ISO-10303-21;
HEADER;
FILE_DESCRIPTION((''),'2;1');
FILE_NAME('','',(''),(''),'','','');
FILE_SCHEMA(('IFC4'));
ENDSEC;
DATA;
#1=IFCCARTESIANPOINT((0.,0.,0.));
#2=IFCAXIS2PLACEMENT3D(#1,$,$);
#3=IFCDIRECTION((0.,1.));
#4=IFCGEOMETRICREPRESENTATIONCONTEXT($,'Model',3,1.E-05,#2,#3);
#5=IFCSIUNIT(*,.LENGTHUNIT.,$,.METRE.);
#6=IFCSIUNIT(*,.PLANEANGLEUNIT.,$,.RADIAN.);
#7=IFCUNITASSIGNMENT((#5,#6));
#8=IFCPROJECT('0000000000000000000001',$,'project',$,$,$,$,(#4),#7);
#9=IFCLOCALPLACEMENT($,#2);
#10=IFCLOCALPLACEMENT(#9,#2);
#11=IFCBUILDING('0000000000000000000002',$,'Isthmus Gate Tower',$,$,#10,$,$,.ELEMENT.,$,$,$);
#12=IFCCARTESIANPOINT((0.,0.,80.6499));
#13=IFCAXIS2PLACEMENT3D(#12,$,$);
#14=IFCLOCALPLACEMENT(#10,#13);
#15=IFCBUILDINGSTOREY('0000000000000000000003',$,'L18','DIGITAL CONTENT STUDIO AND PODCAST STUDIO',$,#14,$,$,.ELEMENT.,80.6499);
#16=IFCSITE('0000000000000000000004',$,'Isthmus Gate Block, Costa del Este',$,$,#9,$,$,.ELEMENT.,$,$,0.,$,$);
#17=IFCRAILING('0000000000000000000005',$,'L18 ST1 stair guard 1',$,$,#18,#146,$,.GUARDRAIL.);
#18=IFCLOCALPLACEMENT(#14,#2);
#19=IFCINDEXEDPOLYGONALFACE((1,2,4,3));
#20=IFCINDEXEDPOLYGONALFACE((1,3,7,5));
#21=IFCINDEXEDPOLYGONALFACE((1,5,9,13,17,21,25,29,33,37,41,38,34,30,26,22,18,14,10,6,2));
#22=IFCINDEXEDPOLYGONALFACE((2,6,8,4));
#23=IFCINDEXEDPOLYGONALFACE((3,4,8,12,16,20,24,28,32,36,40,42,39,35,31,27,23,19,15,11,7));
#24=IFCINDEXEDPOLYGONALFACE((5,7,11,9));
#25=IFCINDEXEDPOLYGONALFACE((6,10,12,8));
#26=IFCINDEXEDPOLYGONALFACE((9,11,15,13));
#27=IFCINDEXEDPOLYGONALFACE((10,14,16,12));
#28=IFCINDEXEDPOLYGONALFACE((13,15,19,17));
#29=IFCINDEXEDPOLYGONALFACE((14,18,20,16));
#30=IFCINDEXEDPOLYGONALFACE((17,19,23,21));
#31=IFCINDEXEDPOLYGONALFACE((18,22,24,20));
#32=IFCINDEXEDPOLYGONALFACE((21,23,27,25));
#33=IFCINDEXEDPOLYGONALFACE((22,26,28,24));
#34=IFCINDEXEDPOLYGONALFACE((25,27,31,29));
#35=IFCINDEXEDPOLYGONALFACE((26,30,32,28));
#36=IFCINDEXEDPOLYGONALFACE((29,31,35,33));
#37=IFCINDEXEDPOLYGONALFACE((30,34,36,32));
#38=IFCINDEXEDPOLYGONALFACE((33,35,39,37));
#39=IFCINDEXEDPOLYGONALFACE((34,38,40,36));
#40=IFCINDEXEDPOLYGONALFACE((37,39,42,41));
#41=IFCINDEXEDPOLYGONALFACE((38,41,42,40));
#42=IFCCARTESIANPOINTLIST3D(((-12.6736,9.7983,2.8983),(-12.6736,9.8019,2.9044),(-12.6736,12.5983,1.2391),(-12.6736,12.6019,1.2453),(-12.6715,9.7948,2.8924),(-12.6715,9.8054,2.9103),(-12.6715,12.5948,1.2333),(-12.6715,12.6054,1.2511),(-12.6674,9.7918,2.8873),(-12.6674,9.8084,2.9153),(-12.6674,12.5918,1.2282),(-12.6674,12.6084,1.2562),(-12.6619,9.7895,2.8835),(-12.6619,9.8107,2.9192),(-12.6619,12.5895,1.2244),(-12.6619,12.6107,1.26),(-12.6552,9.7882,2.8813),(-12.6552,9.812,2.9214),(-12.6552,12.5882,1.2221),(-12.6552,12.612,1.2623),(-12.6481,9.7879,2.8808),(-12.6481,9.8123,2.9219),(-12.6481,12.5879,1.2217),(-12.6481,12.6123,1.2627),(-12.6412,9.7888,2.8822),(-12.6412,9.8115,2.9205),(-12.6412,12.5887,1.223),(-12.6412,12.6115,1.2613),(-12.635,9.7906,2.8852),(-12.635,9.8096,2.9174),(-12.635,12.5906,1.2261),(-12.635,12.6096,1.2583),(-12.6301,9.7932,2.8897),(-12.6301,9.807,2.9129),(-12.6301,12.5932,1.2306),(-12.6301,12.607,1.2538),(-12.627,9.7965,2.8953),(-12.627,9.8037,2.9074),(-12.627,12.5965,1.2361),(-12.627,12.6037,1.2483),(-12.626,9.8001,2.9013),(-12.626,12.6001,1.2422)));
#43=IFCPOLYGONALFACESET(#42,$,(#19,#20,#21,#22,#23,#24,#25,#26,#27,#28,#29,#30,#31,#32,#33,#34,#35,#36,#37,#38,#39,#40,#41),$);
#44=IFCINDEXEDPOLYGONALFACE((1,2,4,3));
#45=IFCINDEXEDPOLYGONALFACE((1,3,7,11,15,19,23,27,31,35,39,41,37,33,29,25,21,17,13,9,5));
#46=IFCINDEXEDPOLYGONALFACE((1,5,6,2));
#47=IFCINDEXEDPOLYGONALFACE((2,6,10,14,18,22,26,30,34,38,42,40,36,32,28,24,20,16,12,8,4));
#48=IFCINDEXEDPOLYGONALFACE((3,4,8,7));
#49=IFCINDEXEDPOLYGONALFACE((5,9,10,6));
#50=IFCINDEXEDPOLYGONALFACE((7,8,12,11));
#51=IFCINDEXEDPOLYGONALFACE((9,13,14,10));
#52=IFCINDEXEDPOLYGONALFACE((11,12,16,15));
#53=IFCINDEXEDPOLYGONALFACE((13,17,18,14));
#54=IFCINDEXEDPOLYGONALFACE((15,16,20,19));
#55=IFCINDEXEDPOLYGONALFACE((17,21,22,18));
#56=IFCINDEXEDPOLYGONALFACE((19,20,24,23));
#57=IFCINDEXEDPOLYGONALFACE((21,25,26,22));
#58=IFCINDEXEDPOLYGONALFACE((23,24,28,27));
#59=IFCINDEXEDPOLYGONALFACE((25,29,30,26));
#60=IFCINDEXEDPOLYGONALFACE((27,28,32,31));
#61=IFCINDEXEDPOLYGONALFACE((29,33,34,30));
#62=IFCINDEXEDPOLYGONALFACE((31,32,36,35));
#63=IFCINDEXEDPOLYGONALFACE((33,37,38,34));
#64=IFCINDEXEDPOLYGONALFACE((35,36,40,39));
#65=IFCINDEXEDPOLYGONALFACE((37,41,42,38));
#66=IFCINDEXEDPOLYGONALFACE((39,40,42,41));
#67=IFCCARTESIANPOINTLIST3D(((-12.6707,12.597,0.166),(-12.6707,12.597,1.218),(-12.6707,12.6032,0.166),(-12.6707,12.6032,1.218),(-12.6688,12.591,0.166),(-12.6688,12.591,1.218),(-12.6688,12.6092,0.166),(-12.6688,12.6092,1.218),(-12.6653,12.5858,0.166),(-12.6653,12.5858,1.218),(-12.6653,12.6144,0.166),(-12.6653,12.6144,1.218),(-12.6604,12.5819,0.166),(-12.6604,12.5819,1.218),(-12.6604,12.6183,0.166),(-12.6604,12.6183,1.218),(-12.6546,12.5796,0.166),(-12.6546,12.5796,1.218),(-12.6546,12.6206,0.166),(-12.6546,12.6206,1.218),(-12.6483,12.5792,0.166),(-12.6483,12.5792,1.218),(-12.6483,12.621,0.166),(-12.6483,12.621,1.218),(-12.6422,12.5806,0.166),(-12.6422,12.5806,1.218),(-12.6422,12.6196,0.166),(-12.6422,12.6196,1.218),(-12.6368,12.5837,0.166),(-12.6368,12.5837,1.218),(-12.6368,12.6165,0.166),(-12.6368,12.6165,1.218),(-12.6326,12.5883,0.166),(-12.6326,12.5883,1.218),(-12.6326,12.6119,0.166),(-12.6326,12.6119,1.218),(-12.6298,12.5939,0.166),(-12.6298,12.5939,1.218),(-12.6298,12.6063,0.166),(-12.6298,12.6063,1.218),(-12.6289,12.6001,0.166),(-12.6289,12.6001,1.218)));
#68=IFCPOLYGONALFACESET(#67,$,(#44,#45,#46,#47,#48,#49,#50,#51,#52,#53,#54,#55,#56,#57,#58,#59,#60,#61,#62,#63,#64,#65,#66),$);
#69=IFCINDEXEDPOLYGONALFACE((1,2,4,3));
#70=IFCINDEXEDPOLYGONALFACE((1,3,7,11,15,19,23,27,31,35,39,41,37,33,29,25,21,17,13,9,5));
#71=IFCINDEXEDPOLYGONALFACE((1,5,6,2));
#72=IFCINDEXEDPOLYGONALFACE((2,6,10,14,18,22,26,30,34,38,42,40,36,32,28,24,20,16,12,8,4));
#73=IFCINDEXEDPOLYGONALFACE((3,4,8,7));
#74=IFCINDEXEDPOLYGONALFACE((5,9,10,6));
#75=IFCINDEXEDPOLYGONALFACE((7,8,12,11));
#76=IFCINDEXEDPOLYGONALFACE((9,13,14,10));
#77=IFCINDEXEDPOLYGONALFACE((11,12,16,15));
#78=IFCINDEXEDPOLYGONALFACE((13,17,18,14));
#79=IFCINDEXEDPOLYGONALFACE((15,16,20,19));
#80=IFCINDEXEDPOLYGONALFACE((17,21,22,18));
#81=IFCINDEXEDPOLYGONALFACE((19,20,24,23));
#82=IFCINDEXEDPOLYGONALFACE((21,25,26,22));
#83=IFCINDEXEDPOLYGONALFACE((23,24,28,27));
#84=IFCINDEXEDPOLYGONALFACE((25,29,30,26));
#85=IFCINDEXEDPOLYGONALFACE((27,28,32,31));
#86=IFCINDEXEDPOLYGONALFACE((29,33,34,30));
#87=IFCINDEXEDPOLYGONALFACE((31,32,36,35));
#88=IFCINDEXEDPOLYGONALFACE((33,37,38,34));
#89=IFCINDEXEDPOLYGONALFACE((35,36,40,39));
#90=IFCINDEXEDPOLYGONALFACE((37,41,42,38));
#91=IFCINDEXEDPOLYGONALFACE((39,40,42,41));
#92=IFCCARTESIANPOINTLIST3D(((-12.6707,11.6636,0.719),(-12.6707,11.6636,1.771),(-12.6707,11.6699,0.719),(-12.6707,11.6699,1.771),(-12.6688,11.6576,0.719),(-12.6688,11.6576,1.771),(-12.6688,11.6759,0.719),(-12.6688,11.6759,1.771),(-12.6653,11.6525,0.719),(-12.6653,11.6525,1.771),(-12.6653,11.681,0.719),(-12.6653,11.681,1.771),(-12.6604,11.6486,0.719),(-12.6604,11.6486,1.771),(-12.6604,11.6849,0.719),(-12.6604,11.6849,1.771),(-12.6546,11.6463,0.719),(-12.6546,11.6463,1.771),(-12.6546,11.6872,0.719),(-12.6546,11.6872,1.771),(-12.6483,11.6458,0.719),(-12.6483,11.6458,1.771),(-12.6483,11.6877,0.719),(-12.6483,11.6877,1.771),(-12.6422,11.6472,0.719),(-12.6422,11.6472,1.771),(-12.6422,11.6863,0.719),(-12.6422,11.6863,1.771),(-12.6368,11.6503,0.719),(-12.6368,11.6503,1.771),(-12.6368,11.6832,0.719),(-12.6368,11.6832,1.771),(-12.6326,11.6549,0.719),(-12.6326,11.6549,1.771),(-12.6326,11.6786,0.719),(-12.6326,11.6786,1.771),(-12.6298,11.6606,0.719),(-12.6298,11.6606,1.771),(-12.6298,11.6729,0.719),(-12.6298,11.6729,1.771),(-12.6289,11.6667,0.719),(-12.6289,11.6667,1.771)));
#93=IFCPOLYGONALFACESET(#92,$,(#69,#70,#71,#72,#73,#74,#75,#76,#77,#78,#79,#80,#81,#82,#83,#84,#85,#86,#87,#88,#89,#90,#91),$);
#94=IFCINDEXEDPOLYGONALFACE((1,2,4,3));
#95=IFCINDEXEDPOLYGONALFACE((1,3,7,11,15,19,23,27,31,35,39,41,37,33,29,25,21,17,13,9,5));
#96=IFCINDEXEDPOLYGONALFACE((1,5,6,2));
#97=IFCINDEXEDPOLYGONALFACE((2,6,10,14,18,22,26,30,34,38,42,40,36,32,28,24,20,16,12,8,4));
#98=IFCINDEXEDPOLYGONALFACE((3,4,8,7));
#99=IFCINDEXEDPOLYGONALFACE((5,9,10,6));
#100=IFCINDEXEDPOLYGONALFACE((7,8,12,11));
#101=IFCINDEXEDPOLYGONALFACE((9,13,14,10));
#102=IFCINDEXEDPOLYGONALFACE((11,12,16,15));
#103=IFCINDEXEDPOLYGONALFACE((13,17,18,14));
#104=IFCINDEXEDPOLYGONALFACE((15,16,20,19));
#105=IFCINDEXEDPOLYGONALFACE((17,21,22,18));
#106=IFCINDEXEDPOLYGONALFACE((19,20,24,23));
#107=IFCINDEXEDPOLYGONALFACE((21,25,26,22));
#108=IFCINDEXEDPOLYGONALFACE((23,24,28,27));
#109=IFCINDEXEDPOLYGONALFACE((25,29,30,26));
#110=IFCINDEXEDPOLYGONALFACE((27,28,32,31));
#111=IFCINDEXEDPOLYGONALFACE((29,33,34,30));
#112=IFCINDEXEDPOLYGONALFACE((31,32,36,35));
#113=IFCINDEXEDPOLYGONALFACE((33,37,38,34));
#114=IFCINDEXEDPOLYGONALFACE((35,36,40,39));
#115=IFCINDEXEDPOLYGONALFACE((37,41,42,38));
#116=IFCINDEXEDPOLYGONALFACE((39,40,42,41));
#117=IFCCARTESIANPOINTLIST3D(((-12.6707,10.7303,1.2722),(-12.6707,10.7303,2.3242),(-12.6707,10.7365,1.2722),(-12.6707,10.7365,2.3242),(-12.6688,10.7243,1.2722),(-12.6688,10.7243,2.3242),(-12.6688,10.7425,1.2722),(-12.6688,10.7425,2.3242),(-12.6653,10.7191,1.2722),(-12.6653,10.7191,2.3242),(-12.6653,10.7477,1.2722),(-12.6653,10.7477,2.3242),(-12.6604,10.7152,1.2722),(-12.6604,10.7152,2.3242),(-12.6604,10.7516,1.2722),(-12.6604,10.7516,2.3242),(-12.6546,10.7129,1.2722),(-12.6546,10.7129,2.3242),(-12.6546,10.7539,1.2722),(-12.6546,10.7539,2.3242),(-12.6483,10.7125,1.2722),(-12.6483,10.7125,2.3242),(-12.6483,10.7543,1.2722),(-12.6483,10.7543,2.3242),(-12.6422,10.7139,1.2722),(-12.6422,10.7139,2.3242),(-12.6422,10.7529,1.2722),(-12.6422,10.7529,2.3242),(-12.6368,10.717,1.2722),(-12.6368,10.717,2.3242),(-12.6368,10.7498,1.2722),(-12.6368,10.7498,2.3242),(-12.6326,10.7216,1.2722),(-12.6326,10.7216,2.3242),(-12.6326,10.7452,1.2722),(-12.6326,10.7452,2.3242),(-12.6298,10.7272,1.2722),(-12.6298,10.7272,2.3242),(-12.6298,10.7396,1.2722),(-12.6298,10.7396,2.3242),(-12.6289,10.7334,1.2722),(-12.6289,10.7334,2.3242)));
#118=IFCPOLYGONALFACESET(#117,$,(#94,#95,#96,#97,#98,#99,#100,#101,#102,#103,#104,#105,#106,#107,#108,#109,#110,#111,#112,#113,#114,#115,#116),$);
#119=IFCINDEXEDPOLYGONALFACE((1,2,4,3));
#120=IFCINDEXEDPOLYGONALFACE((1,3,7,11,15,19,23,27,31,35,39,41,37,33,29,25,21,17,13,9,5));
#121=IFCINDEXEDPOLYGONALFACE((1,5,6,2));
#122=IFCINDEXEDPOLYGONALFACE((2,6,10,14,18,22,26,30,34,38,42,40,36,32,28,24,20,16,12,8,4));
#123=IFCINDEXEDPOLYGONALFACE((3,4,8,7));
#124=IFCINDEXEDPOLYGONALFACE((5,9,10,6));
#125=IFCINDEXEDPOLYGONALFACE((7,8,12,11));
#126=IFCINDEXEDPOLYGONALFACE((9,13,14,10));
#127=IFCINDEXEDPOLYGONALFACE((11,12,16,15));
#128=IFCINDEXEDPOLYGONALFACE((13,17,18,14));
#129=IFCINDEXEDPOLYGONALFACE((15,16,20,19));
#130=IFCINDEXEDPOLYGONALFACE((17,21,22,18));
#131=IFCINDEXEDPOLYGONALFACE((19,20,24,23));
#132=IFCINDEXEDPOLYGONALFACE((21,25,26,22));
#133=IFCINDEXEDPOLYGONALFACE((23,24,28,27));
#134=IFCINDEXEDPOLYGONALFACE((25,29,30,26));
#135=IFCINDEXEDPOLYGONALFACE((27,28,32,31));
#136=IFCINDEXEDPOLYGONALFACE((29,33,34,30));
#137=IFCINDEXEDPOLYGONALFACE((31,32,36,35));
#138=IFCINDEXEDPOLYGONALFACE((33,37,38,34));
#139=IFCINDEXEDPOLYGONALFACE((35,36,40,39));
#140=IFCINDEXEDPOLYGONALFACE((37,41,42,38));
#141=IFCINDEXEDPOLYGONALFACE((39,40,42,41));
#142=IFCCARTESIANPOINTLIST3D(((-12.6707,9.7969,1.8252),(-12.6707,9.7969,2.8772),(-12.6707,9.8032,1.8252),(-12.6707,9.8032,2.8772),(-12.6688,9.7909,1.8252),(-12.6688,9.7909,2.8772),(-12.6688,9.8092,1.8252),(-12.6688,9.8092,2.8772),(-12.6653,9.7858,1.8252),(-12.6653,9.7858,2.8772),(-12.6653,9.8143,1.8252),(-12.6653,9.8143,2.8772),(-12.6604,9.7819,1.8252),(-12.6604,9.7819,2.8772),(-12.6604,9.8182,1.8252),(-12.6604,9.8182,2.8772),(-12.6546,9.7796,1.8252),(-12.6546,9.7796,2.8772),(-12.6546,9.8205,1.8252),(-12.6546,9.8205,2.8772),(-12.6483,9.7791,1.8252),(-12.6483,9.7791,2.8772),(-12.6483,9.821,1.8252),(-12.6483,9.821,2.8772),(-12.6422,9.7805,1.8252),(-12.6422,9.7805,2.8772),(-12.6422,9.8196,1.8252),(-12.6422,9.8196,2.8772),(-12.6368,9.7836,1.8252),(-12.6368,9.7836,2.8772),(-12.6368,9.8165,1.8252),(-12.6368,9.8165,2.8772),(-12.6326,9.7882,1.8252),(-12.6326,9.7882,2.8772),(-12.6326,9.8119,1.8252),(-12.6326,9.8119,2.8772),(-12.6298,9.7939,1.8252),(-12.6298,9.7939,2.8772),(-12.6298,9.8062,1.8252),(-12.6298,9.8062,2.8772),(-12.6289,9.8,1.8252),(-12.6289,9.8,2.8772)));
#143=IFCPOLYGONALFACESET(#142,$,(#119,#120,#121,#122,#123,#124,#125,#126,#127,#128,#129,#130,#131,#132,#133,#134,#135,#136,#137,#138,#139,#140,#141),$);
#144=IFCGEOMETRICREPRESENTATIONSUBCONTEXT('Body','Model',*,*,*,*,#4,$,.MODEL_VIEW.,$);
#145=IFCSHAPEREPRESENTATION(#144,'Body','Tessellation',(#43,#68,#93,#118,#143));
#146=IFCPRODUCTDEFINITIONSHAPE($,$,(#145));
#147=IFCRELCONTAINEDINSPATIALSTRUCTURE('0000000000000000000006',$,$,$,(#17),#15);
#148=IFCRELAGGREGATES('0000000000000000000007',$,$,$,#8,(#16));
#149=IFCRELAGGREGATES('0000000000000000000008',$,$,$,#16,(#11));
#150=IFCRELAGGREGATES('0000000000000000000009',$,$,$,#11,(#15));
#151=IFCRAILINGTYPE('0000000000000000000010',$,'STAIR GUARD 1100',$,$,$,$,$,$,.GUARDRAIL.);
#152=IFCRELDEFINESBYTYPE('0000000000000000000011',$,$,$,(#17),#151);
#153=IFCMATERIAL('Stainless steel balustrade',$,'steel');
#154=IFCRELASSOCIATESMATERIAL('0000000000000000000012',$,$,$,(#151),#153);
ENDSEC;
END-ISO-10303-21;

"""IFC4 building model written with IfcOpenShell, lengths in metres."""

from ifc_helpers import new_model, si_unit, direction, frame, origin, origin_2d, place, context, subcontext, project, spatial, circle, extrude, material, type_object, element, save


model = new_model("IFC4")

# Units and contexts
model_context = context("Model", 3, precision=1e-05, world=origin(), true_north=direction((0.0, 1.0)))
body_context = subcontext(model_context, "Body", "Model", "MODEL_VIEW")
ifc_project = project(units=[si_unit("LENGTHUNIT", "METRE"), si_unit("PLANEANGLEUNIT", "RADIAN")], contexts=[model_context])

# Site, building, storey
site_placement = place(None, origin())
site = spatial("IfcSite", under=ifc_project, at=site_placement, Name="Isthmus Gate Block, Costa del Este", CompositionType="ELEMENT", RefElevation=0.0)
building_placement = place(site_placement, origin())
building = spatial("IfcBuilding", under=site, at=building_placement, Name="Isthmus Gate Tower", CompositionType="ELEMENT")
storey_placement = place(building_placement, frame((0.0, 0.0, 80.6499)))
storey = spatial("IfcBuildingStorey", under=building, at=storey_placement, Name="L18", Description="DIGITAL CONTENT STUDIO AND PODCAST STUDIO", CompositionType="ELEMENT", Elevation=80.6499)

# Railing
ifc_material_1 = material(Name="Stainless steel balustrade", Category="steel")
railing_type_1 = type_object("IfcRailingType", Name="STAIR GUARD 1100", PredefinedType="GUARDRAIL", material=ifc_material_1)
railing_1_placement = place(storey_placement, frame((-12.6499, 12.6001, 0.166)))
element("IfcRailing", 1, at=railing_1_placement, inside=storey, type_object=railing_type_1, Name="L18 ST1 stair guard 1", PredefinedType="GUARDRAIL", context=body_context, shape_type="SweptSolid", body=[
    extrude(circle(Radius=0.0239, at=origin_2d()), frame((0.0, 0.0, 1.0762), z_axis=(0.0, -0.860306, 0.509778), x_axis=(1.0, 0.0, 0.0)), (0.0, 0.0, 1.0), 3.2546),
    extrude(circle(Radius=0.021, at=origin_2d()), origin(), (0.0, 0.0, 1.0), 1.052),
    extrude(circle(Radius=0.021, at=origin_2d()), frame((0.0, -0.9333, 0.553)), (0.0, 0.0, 1.0), 1.052),
    extrude(circle(Radius=0.021, at=origin_2d()), frame((0.0, -1.8667, 1.1062)), (0.0, 0.0, 1.0), 1.052),
    extrude(circle(Radius=0.021, at=origin_2d()), frame((0.0, -2.8, 1.6592)), (0.0, 0.0, 1.0), 1.052),
])

save(model, "model.ifc")
